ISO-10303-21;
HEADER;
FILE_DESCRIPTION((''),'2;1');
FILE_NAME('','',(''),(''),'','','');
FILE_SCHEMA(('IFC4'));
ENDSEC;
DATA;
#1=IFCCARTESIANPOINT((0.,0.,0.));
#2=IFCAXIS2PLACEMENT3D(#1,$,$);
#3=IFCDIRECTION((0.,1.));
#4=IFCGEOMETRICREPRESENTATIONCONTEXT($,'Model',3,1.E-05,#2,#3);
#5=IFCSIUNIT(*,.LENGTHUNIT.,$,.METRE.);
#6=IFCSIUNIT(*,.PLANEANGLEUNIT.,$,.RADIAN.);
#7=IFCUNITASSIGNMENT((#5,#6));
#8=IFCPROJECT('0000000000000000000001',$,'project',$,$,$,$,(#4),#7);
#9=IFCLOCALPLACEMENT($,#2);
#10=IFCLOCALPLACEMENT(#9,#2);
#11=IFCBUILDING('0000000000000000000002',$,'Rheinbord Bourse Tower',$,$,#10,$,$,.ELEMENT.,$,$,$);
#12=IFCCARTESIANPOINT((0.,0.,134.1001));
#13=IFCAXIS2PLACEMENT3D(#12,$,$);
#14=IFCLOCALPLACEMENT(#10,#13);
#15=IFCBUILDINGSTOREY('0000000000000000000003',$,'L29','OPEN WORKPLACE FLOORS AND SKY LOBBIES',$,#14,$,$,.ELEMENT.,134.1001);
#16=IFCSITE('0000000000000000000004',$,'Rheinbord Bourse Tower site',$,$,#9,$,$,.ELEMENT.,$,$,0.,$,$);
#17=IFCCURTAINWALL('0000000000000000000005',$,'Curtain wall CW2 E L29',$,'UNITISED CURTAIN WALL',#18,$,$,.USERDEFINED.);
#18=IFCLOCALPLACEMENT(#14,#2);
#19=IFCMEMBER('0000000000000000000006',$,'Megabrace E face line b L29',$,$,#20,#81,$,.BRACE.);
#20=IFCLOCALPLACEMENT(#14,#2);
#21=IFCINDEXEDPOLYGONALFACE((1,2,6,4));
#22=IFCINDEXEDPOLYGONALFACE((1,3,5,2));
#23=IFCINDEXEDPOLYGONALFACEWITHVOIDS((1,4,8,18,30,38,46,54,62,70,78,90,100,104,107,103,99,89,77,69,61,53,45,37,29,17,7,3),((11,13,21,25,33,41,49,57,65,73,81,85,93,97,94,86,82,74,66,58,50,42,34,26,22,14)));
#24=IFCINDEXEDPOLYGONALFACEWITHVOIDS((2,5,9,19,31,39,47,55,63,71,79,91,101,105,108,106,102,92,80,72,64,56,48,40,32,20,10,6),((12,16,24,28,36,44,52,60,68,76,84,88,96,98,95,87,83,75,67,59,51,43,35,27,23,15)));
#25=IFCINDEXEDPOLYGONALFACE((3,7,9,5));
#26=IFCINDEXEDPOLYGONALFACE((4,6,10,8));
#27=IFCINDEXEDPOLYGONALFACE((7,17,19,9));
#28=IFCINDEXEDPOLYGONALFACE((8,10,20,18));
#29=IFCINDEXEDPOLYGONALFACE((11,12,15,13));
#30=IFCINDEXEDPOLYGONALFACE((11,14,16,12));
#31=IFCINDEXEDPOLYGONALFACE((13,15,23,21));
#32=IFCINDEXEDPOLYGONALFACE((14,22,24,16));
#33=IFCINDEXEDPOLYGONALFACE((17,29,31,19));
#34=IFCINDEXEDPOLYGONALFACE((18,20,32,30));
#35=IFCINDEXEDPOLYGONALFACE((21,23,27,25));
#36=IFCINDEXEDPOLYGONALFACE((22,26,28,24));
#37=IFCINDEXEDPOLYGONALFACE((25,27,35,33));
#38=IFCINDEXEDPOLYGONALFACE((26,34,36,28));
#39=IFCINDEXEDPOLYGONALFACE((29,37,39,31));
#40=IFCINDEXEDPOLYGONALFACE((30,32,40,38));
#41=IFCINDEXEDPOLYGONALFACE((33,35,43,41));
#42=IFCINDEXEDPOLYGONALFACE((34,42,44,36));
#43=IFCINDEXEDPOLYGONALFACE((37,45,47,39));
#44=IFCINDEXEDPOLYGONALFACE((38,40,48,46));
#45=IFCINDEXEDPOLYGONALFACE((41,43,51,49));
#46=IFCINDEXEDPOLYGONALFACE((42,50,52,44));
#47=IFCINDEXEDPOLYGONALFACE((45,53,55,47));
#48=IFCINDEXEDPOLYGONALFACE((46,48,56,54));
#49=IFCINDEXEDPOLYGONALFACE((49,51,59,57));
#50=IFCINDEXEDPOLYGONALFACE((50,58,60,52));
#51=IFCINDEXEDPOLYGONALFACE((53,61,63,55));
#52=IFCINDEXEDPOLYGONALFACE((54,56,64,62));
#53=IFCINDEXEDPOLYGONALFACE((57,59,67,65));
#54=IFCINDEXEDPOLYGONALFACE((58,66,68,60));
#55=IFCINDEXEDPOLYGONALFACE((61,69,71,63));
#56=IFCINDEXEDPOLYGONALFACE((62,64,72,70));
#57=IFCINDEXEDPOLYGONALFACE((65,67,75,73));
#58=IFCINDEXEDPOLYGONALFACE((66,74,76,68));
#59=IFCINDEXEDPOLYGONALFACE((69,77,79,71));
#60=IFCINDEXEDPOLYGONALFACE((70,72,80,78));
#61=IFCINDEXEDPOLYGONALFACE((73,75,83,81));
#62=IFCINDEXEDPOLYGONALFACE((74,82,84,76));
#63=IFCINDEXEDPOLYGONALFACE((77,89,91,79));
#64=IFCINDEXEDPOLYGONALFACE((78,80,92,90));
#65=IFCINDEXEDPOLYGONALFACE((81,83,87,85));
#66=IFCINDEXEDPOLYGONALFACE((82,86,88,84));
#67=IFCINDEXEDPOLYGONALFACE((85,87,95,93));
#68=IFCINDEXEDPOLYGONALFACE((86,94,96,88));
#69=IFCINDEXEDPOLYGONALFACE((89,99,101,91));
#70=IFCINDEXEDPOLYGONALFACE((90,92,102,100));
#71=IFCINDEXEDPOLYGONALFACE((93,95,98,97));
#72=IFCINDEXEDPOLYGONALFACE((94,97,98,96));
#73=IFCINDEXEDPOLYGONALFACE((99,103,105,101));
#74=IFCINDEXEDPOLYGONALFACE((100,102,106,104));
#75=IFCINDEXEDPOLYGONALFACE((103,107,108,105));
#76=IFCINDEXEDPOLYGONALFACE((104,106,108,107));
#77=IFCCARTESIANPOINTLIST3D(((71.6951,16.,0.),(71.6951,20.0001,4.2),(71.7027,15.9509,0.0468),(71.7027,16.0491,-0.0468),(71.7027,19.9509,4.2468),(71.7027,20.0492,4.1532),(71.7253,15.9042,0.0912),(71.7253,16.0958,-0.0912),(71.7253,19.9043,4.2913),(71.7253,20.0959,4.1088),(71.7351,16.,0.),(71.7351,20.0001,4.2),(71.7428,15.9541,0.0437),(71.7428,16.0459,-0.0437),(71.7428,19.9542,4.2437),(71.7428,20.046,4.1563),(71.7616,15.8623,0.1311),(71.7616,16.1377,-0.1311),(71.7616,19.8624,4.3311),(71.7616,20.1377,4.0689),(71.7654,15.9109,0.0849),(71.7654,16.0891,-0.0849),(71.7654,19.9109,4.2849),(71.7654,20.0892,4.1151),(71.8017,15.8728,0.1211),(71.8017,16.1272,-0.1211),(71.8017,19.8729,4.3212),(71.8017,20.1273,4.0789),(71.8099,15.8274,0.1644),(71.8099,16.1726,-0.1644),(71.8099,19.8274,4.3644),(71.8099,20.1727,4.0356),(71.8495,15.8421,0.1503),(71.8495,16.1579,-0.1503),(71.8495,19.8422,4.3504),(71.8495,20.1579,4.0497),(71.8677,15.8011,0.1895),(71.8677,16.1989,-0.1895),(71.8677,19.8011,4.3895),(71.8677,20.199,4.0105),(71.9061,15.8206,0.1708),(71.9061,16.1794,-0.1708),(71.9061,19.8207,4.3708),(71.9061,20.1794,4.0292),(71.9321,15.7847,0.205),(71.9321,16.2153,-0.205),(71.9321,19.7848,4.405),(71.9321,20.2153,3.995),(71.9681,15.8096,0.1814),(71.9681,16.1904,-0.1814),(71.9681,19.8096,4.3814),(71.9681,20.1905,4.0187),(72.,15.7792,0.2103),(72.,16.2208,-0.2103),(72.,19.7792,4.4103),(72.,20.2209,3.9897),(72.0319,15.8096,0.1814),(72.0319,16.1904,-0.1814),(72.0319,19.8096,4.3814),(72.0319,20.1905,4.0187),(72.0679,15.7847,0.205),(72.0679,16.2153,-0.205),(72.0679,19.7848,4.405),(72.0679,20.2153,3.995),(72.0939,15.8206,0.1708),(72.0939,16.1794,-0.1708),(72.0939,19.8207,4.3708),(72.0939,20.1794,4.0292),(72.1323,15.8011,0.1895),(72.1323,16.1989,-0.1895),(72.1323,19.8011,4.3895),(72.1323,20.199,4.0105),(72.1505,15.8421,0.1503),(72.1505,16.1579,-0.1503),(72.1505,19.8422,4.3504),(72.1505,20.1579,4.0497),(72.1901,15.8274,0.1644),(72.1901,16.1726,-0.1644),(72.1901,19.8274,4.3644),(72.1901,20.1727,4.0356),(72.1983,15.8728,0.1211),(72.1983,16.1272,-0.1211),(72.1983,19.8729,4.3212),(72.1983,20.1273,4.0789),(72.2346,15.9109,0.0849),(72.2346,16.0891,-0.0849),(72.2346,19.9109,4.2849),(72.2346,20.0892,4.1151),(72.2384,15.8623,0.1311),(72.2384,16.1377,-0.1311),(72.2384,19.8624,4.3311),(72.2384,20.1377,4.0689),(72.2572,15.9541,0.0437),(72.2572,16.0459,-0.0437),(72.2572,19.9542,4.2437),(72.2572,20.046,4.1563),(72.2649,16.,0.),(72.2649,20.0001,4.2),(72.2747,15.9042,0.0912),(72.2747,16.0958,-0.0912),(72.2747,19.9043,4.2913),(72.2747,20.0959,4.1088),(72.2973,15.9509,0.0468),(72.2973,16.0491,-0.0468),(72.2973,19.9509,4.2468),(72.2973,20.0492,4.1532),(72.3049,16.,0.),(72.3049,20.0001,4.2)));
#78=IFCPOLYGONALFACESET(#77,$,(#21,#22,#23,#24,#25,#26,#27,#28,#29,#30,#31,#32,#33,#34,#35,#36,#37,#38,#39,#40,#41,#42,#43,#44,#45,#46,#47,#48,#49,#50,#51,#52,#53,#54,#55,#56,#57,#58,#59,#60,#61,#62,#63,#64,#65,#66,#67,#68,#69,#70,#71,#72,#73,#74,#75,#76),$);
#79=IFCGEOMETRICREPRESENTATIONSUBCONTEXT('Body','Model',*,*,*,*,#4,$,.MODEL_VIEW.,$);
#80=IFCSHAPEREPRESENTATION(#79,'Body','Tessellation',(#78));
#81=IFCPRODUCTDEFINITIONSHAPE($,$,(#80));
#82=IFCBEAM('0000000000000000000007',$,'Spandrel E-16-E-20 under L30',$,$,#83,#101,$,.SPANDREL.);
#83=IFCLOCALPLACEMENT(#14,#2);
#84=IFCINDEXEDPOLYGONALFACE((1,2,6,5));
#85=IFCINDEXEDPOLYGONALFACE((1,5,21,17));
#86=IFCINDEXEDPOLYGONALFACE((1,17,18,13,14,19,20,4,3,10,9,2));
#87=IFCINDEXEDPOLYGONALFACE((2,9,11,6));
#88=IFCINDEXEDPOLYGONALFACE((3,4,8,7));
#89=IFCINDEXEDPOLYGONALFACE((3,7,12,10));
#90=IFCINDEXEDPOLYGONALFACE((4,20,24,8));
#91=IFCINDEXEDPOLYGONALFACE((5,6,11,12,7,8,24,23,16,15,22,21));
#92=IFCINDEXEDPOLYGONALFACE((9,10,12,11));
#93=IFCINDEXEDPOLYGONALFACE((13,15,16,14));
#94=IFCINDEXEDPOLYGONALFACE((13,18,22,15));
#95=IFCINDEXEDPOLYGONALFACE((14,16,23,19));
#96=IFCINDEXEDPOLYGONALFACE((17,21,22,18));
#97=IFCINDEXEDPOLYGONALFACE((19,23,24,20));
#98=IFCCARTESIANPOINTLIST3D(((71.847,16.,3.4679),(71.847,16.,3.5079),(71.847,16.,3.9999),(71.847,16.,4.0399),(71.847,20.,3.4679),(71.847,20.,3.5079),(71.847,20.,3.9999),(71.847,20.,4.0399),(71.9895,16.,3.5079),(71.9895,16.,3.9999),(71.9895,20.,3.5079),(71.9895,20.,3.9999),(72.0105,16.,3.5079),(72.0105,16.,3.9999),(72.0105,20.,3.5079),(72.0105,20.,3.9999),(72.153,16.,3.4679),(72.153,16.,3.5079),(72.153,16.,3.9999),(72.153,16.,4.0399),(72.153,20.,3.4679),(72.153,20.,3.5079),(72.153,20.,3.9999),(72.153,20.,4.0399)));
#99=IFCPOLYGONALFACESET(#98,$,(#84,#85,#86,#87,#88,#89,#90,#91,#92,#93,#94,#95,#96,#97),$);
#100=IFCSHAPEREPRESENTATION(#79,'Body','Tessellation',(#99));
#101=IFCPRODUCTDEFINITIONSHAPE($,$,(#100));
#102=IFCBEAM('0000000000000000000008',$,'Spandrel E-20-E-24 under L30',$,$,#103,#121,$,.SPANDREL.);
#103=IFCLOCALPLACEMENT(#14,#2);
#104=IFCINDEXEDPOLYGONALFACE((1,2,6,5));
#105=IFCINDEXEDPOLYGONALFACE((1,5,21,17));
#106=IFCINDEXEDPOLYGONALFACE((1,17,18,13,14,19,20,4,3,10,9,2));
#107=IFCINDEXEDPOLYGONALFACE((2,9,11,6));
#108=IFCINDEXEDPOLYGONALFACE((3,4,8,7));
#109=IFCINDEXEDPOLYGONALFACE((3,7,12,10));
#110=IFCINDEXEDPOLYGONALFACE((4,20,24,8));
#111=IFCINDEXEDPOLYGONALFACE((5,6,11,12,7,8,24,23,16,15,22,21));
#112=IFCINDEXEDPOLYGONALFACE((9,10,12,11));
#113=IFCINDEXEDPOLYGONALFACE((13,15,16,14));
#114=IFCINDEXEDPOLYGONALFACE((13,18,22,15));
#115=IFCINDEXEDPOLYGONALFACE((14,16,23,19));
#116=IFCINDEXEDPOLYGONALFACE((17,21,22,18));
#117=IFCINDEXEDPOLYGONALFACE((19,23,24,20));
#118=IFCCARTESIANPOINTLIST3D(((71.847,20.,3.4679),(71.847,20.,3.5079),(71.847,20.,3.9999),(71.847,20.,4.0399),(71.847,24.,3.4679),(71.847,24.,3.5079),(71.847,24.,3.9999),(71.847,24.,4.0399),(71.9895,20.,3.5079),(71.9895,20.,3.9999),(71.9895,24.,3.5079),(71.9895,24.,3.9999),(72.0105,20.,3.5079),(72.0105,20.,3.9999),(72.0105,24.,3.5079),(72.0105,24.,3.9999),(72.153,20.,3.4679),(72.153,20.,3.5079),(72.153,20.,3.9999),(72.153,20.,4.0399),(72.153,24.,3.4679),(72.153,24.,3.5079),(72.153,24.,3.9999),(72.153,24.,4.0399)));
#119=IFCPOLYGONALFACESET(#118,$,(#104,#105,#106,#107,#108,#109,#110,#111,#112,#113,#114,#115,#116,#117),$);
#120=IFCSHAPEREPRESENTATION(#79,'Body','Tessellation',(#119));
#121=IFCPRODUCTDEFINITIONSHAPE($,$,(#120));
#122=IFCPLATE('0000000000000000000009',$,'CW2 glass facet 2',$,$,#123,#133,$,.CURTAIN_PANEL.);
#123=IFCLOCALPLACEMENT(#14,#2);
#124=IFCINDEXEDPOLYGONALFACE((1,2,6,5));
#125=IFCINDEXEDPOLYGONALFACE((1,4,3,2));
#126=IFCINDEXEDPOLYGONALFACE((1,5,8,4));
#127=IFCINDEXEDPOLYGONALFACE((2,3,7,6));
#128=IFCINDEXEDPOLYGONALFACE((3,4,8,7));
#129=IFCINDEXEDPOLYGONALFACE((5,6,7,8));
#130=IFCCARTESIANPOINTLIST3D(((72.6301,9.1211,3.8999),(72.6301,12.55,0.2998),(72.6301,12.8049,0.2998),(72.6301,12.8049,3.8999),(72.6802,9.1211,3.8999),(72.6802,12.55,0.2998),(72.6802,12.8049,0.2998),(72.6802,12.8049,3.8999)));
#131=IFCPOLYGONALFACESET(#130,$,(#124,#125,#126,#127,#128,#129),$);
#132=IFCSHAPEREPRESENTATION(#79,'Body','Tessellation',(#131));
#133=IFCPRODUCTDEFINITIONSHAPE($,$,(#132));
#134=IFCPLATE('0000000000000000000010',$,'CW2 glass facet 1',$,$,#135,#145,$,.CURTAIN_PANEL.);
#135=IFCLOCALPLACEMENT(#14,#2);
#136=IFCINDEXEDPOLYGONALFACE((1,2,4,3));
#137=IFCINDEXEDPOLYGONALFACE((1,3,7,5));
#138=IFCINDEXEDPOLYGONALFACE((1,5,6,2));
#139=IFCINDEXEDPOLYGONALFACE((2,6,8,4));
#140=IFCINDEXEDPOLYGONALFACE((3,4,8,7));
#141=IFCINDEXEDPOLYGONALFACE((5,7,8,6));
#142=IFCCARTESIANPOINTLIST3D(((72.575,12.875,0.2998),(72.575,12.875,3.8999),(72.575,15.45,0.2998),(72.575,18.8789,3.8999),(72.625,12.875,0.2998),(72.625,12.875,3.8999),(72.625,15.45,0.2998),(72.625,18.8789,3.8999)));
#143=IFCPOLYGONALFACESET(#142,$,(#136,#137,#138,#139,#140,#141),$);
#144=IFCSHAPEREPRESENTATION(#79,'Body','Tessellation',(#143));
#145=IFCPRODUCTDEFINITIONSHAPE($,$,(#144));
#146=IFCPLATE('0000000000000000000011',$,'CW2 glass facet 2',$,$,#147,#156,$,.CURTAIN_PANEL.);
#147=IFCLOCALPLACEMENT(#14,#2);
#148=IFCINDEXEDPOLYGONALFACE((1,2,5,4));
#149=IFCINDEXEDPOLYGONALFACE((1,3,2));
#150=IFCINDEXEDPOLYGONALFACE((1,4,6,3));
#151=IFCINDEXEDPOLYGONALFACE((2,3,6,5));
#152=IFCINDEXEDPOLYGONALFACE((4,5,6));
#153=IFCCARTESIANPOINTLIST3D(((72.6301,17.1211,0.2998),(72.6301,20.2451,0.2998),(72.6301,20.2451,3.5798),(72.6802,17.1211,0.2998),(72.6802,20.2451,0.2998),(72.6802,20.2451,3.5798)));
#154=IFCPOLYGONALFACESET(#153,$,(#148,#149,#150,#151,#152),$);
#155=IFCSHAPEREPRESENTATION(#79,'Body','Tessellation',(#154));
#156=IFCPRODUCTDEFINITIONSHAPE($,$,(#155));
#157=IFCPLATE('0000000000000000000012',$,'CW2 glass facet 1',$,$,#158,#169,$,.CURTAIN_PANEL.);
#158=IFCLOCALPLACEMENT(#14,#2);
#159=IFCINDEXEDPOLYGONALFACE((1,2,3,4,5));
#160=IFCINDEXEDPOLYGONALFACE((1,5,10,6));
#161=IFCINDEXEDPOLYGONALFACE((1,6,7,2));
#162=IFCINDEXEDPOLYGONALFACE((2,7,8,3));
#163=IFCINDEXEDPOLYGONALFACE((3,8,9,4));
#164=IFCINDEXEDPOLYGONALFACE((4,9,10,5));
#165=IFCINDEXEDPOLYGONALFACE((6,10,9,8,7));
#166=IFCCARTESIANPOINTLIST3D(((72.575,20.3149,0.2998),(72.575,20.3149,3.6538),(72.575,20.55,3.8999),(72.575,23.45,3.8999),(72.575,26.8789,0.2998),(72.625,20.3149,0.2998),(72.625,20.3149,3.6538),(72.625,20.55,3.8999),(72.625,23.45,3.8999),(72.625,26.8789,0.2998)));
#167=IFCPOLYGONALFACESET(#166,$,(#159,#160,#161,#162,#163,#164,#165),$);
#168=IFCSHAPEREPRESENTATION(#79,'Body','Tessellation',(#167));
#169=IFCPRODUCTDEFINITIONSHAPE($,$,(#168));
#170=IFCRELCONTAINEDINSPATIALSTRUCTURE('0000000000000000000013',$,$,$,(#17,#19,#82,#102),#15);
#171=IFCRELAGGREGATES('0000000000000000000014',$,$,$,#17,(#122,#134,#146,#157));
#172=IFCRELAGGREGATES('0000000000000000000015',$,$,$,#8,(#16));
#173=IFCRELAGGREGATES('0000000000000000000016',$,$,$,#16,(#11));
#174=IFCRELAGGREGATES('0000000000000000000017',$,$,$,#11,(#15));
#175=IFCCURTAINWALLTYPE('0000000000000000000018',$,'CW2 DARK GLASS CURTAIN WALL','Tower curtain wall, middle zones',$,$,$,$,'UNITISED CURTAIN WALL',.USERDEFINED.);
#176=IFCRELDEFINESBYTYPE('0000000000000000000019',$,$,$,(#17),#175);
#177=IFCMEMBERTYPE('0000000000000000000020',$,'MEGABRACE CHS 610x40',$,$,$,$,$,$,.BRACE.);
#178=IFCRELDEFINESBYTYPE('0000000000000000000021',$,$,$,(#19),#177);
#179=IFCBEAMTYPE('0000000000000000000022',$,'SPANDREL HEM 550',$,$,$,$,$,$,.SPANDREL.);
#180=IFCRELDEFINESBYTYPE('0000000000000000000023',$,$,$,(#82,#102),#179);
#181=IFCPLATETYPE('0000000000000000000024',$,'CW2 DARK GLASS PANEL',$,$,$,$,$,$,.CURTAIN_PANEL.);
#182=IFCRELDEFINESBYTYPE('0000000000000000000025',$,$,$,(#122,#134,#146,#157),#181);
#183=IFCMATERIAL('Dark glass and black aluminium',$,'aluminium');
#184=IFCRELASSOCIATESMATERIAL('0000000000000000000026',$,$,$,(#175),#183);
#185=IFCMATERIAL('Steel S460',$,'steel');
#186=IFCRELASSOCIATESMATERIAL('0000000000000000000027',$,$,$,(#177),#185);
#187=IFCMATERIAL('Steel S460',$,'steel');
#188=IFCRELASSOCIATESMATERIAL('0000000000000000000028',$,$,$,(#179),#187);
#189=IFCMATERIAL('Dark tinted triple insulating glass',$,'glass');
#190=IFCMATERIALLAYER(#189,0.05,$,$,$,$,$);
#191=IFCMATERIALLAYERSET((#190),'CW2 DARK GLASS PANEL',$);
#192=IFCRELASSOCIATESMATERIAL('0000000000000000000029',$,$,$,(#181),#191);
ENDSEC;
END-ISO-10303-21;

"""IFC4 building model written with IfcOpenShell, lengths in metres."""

from ifc_helpers import new_model, si_unit, direction, frame, origin, origin_2d, place, context, subcontext, project, spatial, polyline, hollow_circle, i_section, outline, extrude, material, layer, layer_set, material_profile, profile_set, type_object, element, aggregate, save


model = new_model("IFC4")

# Units and contexts
model_context = context("Model", 3, precision=1e-05, world=origin(), true_north=direction((0.0, 1.0)))
body_context = subcontext(model_context, "Body", "Model", "MODEL_VIEW")
ifc_project = project(units=[si_unit("LENGTHUNIT", "METRE"), si_unit("PLANEANGLEUNIT", "RADIAN")], contexts=[model_context])

# Site, building, storey
site_placement = place(None, origin())
site = spatial("IfcSite", under=ifc_project, at=site_placement, Name="Rheinbord Bourse Tower site", CompositionType="ELEMENT", RefElevation=0.0)
building_placement = place(site_placement, origin())
building = spatial("IfcBuilding", under=site, at=building_placement, Name="Rheinbord Bourse Tower", CompositionType="ELEMENT")
storey_placement = place(building_placement, frame((0.0, 0.0, 134.1001)))
storey = spatial("IfcBuildingStorey", under=building, at=storey_placement, Name="L29", Description="OPEN WORKPLACE FLOORS AND SKY LOBBIES", CompositionType="ELEMENT", Elevation=134.1001)

# Curtain wall
ifc_material_1 = material(Name="Dark glass and black aluminium", Category="aluminium")
curtain_wall_type = type_object("IfcCurtainWallType", Name="CW2 DARK GLASS CURTAIN WALL", Description="Tower curtain wall, middle zones", ElementType="UNITISED CURTAIN WALL", PredefinedType="USERDEFINED", material=ifc_material_1)
curtain_wall_placement = place(storey_placement, origin())
curtain_wall = element("IfcCurtainWall", 1, at=curtain_wall_placement, inside=storey, type_object=curtain_wall_type, Name="Curtain wall CW2 E L29", ObjectType="UNITISED CURTAIN WALL", PredefinedType="USERDEFINED")

# Member
ifc_material_2 = material(Name="Steel S460", Category="steel")
ifc_material_profile_1 = material_profile(ifc_material_2, hollow_circle(Radius=0.3049, WallThickness=0.04, at=origin_2d()), Name="CHS 610x40")
ifc_profile_set_1 = profile_set([ifc_material_profile_1], Name="Steel S460")
member_type_1 = type_object("IfcMemberType", Name="MEGABRACE CHS 610x40", PredefinedType="BRACE", material=ifc_profile_set_1)
member_1_placement = place(storey_placement, frame((72.0, 16.0, 0.0), z_axis=(0.0, 0.689659, 0.724134), x_axis=(-1.0, 0.0, 0.0)))
element("IfcMember", 2, at=member_1_placement, inside=storey, type_object=member_type_1, Name="Megabrace E face line b L29", PredefinedType="BRACE", context=body_context, shape_type="SweptSolid", body=[
    extrude(hollow_circle(Radius=0.3049, WallThickness=0.04, at=origin_2d()), origin(), (0.0, 0.0, 1.0), 5.8),
])

# Beams
ifc_material_3 = material(Name="Steel S460", Category="steel")
ifc_material_profile_2 = material_profile(ifc_material_3, i_section(OverallWidth=0.3059, OverallDepth=0.572, WebThickness=0.021, FlangeThickness=0.04, at=origin_2d()), Name="HEM 550")
ifc_profile_set_2 = profile_set([ifc_material_profile_2], Name="Steel S460")
beam_type = type_object("IfcBeamType", Name="SPANDREL HEM 550", PredefinedType="SPANDREL", material=ifc_profile_set_2)
for number, where, z_axis, x_axis, name in (
    (3, (72.0, 16.0, 3.7539), (0.0, 1.0, 0.0), (-1.0, 0.0, 0.0), "Spandrel E-16-E-20 under L30"),
    (4, (72.0, 20.0, 3.7539), (0.0, 1.0, 0.0), (-1.0, 0.0, 0.0), "Spandrel E-20-E-24 under L30"),
):
    element("IfcBeam", number, at=place(storey_placement, frame(where, z_axis=z_axis, x_axis=x_axis)), inside=storey, type_object=beam_type, Name=name, PredefinedType="SPANDREL", context=body_context, shape_type="SweptSolid", body=[
        extrude(i_section(OverallWidth=0.3059, OverallDepth=0.572, WebThickness=0.021, FlangeThickness=0.04, at=origin_2d()), origin(), (0.0, 0.0, 1.0), 4.0),
    ])

# Plates
ifc_material_4 = material(Name="Dark tinted triple insulating glass", Category="glass")
ifc_layer = layer(ifc_material_4, 0.05)
ifc_layer_set = layer_set([ifc_layer], Name="CW2 DARK GLASS PANEL")
plate_type = type_object("IfcPlateType", Name="CW2 DARK GLASS PANEL", PredefinedType="CURTAIN_PANEL", material=ifc_layer_set)
plate_1_placement = place(storey_placement, frame((72.6802, 12.8049, 3.8999), z_axis=(-1.0, 0.0, 0.0), x_axis=(0.0, 0.0, -1.0)))
plate_1 = element("IfcPlate", 5, at=plate_1_placement, type_object=plate_type, Name="CW2 glass facet 2", PredefinedType="CURTAIN_PANEL", context=body_context, shape_type="SweptSolid", body=[
    extrude(outline(polyline([(0.0, 0.0), (3.6001, 0.0), (3.6001, 0.2549), (0.0, 3.6838), (0.0, 0.0)])), origin(), (0.0, 0.0, 1.0), 0.05),
])
plate_2_placement = place(storey_placement, frame((72.625, 12.875, 0.2998), z_axis=(-1.0, 0.0, 0.0), x_axis=(0.0, 0.0, 1.0)))
plate_2 = element("IfcPlate", 6, at=plate_2_placement, type_object=plate_type, Name="CW2 glass facet 1", PredefinedType="CURTAIN_PANEL", context=body_context, shape_type="SweptSolid", body=[
    extrude(outline(polyline([(0.0, 0.0), (3.6001, 0.0), (3.6001, 6.0039), (0.0, 2.575), (0.0, 0.0)])), origin(), (0.0, 0.0, 1.0), 0.05),
])
plate_3_placement = place(storey_placement, frame((72.6802, 20.2451, 0.2998), z_axis=(-1.0, 0.0, 0.0), x_axis=(0.0, -1.0, 0.0)))
plate_3 = element("IfcPlate", 7, at=plate_3_placement, type_object=plate_type, Name="CW2 glass facet 2", PredefinedType="CURTAIN_PANEL", context=body_context, shape_type="SweptSolid", body=[
    extrude(outline(polyline([(0.0, 0.0), (3.124, 0.0), (0.0, 3.28), (0.0, 0.0)])), origin(), (0.0, 0.0, 1.0), 0.05),
])
plate_4_placement = place(storey_placement, frame((72.625, 20.3149, 0.2998), z_axis=(-1.0, 0.0, 0.0), x_axis=(0.0, 0.0, 1.0)))
plate_4 = element("IfcPlate", 8, at=plate_4_placement, type_object=plate_type, Name="CW2 glass facet 1", PredefinedType="CURTAIN_PANEL", context=body_context, shape_type="SweptSolid", body=[
    extrude(outline(polyline([(0.0, 0.0), (3.354, 0.0), (3.6001, 0.2351), (3.6001, 3.135), (0.0, 6.564), (0.0, 0.0)])), origin(), (0.0, 0.0, 1.0), 0.05),
])
aggregate(curtain_wall, [plate_1, plate_2, plate_3, plate_4])

save(model, "model.ifc")
